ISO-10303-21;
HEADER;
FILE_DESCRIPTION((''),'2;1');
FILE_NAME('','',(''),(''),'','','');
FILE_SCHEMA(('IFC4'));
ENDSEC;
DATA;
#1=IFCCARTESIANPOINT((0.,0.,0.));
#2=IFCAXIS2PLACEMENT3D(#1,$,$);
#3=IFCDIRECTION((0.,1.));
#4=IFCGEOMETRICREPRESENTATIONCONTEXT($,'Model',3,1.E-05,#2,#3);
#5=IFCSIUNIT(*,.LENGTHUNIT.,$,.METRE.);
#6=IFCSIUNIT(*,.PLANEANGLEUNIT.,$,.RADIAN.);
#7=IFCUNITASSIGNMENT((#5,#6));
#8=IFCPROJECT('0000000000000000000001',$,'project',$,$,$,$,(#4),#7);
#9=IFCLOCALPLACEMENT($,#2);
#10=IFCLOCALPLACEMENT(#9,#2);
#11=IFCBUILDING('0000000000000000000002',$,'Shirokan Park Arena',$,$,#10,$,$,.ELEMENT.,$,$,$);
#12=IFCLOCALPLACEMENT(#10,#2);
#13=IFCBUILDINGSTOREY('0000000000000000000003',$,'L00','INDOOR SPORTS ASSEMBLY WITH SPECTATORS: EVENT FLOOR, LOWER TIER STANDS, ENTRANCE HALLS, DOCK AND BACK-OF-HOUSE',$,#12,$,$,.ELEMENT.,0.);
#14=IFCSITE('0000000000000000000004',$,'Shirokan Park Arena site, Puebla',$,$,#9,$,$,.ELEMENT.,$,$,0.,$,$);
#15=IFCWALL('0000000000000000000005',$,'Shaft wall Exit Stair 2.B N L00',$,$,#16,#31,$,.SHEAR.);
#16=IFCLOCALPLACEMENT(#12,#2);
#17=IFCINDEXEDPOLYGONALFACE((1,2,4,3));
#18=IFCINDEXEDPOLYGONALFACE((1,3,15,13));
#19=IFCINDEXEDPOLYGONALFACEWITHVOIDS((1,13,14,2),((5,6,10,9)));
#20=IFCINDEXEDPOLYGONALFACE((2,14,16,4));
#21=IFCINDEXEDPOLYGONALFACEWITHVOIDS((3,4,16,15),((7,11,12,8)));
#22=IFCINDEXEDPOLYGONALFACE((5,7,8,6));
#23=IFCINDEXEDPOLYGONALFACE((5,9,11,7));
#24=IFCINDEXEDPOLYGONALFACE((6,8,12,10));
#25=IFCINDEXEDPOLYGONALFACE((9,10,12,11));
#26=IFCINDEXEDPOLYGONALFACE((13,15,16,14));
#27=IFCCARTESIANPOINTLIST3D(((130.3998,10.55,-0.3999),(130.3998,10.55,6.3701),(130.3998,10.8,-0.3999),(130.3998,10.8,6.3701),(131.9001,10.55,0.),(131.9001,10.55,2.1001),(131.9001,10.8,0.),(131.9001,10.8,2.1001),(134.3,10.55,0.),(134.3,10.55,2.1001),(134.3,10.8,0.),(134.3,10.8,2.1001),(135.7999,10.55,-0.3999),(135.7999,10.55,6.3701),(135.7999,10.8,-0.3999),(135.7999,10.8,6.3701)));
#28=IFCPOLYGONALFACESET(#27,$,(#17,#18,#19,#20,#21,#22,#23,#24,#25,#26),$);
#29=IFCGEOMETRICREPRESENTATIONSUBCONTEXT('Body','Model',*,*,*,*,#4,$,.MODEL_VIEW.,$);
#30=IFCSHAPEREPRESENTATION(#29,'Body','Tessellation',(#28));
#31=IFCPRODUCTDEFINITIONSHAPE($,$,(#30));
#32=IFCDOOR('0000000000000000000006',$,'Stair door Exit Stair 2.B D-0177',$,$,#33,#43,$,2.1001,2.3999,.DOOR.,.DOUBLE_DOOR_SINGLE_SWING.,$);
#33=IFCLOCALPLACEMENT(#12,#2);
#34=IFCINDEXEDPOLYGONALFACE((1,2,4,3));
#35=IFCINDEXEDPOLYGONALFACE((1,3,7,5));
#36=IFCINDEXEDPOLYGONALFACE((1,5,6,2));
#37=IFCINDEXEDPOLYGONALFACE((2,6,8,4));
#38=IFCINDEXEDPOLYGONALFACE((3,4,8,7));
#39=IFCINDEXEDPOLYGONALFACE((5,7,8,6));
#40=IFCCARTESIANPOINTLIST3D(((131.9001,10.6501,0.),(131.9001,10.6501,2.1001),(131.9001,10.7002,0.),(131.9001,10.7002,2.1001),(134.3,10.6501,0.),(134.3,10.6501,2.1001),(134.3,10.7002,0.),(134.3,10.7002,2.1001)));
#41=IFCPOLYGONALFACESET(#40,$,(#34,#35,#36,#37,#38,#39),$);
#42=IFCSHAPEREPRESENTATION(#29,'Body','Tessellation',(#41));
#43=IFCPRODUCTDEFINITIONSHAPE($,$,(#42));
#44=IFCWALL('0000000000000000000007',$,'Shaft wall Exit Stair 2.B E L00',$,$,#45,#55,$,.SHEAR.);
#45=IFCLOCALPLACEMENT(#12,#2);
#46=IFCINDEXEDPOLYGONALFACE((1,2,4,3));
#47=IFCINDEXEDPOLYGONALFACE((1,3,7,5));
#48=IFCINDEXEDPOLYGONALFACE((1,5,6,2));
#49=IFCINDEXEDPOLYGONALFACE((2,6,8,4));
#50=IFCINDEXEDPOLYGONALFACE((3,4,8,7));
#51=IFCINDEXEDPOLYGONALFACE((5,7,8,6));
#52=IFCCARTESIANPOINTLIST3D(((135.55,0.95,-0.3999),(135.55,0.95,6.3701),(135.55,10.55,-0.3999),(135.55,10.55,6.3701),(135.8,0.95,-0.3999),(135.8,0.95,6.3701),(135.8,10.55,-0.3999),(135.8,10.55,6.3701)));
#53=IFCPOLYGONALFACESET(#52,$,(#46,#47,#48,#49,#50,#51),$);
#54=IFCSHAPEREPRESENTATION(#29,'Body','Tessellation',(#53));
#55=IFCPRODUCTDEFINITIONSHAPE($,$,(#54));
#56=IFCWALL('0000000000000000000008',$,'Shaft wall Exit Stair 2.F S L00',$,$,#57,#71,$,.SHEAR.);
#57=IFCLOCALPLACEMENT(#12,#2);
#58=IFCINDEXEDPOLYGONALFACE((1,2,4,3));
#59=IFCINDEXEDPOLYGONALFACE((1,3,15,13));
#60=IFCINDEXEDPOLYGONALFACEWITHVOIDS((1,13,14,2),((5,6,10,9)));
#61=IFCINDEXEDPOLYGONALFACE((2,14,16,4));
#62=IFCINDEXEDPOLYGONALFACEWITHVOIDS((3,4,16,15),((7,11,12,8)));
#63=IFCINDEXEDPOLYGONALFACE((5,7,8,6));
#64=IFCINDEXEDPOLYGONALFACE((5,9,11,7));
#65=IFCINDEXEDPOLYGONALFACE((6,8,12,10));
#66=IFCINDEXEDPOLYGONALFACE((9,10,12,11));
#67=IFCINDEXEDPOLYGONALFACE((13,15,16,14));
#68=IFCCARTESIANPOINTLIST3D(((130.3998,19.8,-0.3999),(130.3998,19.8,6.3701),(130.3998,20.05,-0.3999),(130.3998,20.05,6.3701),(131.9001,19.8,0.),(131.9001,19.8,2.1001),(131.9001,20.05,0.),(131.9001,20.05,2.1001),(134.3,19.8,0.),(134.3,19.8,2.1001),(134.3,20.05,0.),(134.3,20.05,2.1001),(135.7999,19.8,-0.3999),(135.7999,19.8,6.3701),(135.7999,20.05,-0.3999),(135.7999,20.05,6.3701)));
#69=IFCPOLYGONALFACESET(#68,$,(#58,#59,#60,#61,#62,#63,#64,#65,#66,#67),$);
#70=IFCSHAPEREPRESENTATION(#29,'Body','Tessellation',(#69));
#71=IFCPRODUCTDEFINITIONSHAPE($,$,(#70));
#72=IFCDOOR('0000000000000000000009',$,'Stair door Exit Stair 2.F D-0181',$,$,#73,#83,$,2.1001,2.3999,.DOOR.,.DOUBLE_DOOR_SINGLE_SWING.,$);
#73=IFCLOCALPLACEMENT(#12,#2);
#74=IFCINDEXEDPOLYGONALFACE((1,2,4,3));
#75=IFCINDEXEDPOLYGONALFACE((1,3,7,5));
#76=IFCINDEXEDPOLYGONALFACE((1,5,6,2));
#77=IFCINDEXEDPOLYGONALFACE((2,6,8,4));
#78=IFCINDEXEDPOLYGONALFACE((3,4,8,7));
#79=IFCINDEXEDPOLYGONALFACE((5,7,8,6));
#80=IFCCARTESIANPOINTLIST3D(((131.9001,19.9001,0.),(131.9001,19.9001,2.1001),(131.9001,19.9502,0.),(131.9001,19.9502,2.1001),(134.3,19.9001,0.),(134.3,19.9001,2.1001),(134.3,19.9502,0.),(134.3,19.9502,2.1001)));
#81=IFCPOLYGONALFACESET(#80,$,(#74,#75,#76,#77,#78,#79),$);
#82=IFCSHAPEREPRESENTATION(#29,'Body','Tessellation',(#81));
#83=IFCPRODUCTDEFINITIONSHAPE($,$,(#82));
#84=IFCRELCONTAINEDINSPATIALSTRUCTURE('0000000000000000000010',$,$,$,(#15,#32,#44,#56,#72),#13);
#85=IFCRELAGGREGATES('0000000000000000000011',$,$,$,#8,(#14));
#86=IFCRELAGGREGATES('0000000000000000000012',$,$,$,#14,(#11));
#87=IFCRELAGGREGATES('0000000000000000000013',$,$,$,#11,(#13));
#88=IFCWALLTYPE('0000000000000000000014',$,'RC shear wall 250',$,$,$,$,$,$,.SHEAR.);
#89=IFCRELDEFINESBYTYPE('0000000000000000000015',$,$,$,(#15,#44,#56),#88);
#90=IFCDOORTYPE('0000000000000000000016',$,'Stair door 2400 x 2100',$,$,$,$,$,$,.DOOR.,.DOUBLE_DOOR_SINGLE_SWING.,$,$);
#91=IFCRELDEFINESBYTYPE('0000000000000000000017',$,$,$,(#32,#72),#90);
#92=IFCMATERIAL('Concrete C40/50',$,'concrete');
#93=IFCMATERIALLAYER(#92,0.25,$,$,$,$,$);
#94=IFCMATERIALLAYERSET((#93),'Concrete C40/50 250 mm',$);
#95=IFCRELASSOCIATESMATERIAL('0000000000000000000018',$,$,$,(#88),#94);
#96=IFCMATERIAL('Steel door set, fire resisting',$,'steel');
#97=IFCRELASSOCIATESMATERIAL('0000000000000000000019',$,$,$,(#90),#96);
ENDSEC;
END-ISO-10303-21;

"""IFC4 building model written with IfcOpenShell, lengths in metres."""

from ifc_helpers import new_model, si_unit, direction, frame, frame_2d, origin, place, context, subcontext, project, spatial, rectangle, extrude, material, layer, layer_set, type_object, element, fill, save


model = new_model("IFC4")

# Units and contexts
model_context = context("Model", 3, precision=1e-05, world=origin(), true_north=direction((0.0, 1.0)))
body_context = subcontext(model_context, "Body", "Model", "MODEL_VIEW")
ifc_project = project(units=[si_unit("LENGTHUNIT", "METRE"), si_unit("PLANEANGLEUNIT", "RADIAN")], contexts=[model_context])

# Site, building, storey
site_placement = place(None, origin())
site = spatial("IfcSite", under=ifc_project, at=site_placement, Name="Shirokan Park Arena site, Puebla", CompositionType="ELEMENT", RefElevation=0.0)
building_placement = place(site_placement, origin())
building = spatial("IfcBuilding", under=site, at=building_placement, Name="Shirokan Park Arena", CompositionType="ELEMENT")
storey_placement = place(building_placement, origin())
storey = spatial("IfcBuildingStorey", under=building, at=storey_placement, Name="L00", Description="INDOOR SPORTS ASSEMBLY WITH SPECTATORS: EVENT FLOOR, LOWER TIER STANDS, ENTRANCE HALLS, DOCK AND BACK-OF-HOUSE", CompositionType="ELEMENT", Elevation=0.0)

# Shared definitions
ifc_material_1 = material(Name="Concrete C40/50", Category="concrete")
ifc_layer_1 = layer(ifc_material_1, 0.25)
ifc_layer_set_1 = layer_set([ifc_layer_1], Name="Concrete C40/50 250 mm")
wall_type_1 = type_object("IfcWallType", Name="RC shear wall 250", PredefinedType="SHEAR", material=ifc_layer_set_1)
ifc_material_2 = material(Name="Steel door set, fire resisting", Category="steel")

# Wall, opening, door
wall_1_placement = place(storey_placement, frame((135.8, 10.675, -0.3999), z_axis=(0.0, 0.0, 1.0), x_axis=(-1.0, 0.0, 0.0)))
wall_1 = element("IfcWall", 1, at=wall_1_placement, inside=storey, type_object=wall_type_1, Name="Shaft wall Exit Stair 2.B N L00", PredefinedType="SHEAR", context=body_context, shape_type="SweptSolid", body=[
    extrude(rectangle(XDim=5.4001, YDim=0.25, at=frame_2d((2.7002, 0.0))), origin(), (0.0, 0.0, 1.0), 6.77),
])
opening_1_placement = place(wall_1_placement, frame((1.5, 0.0, 0.3999)))
opening_1 = element("IfcOpeningElement", 2, at=opening_1_placement, cuts=wall_1, PredefinedType="OPENING", context=body_context, shape_type="SweptSolid", body=[
    extrude(rectangle(XDim=2.3999, YDim=2.1001, at=frame_2d((1.2, 1.05))), frame((0.0, 0.135, 0.0), z_axis=(0.0, -1.0, 0.0), x_axis=(1.0, 0.0, 0.0)), (0.0, 0.0, 1.0), 0.27),
])
door_type_1 = type_object("IfcDoorType", Name="Stair door 2400 x 2100", OperationType="DOUBLE_DOOR_SINGLE_SWING", PredefinedType="DOOR", material=ifc_material_2)
door_1_placement = place(opening_1_placement, origin())
door_1 = element("IfcDoor", 3, at=door_1_placement, inside=storey, type_object=door_type_1, Name="Stair door Exit Stair 2.B D-0177", OperationType="DOUBLE_DOOR_SINGLE_SWING", OverallHeight=2.1001, OverallWidth=2.3999, PredefinedType="DOOR", context=body_context, shape_type="SweptSolid", body=[
    extrude(rectangle(XDim=2.3999, YDim=2.1001, at=frame_2d((1.2, 1.05))), frame((0.0, 0.0249, 0.0), z_axis=(0.0, -1.0, 0.0), x_axis=(1.0, 0.0, 0.0)), (0.0, 0.0, 1.0), 0.05),
])
fill(opening_1, door_1)

# Wall
wall_2_placement = place(storey_placement, frame((135.675, 10.55, -0.3999), z_axis=(0.0, 0.0, 1.0), x_axis=(0.0, -1.0, 0.0)))
element("IfcWall", 4, at=wall_2_placement, inside=storey, type_object=wall_type_1, Name="Shaft wall Exit Stair 2.B E L00", PredefinedType="SHEAR", context=body_context, shape_type="SweptSolid", body=[
    extrude(rectangle(XDim=9.6001, YDim=0.25, at=frame_2d((4.8, 0.0))), origin(), (0.0, 0.0, 1.0), 6.77),
])

# Wall, opening, door
wall_3_placement = place(storey_placement, frame((135.8, 19.925, -0.3999), z_axis=(0.0, 0.0, 1.0), x_axis=(-1.0, 0.0, 0.0)))
wall_3 = element("IfcWall", 5, at=wall_3_placement, inside=storey, type_object=wall_type_1, Name="Shaft wall Exit Stair 2.F S L00", PredefinedType="SHEAR", context=body_context, shape_type="SweptSolid", body=[
    extrude(rectangle(XDim=5.4001, YDim=0.25, at=frame_2d((2.7002, 0.0))), origin(), (0.0, 0.0, 1.0), 6.77),
])
opening_2_placement = place(wall_3_placement, frame((1.5, 0.0, 0.3999)))
opening_2 = element("IfcOpeningElement", 6, at=opening_2_placement, cuts=wall_3, PredefinedType="OPENING", context=body_context, shape_type="SweptSolid", body=[
    extrude(rectangle(XDim=2.3999, YDim=2.1001, at=frame_2d((1.2, 1.05))), frame((0.0, 0.135, 0.0), z_axis=(0.0, -1.0, 0.0), x_axis=(1.0, 0.0, 0.0)), (0.0, 0.0, 1.0), 0.27),
])
door_2_placement = place(opening_2_placement, origin())
door_2 = element("IfcDoor", 7, at=door_2_placement, inside=storey, type_object=door_type_1, Name="Stair door Exit Stair 2.F D-0181", OperationType="DOUBLE_DOOR_SINGLE_SWING", OverallHeight=2.1001, OverallWidth=2.3999, PredefinedType="DOOR", context=body_context, shape_type="SweptSolid", body=[
    extrude(rectangle(XDim=2.3999, YDim=2.1001, at=frame_2d((1.2, 1.05))), frame((0.0, 0.0249, 0.0), z_axis=(0.0, -1.0, 0.0), x_axis=(1.0, 0.0, 0.0)), (0.0, 0.0, 1.0), 0.05),
])
fill(opening_2, door_2)

save(model, "model.ifc")
